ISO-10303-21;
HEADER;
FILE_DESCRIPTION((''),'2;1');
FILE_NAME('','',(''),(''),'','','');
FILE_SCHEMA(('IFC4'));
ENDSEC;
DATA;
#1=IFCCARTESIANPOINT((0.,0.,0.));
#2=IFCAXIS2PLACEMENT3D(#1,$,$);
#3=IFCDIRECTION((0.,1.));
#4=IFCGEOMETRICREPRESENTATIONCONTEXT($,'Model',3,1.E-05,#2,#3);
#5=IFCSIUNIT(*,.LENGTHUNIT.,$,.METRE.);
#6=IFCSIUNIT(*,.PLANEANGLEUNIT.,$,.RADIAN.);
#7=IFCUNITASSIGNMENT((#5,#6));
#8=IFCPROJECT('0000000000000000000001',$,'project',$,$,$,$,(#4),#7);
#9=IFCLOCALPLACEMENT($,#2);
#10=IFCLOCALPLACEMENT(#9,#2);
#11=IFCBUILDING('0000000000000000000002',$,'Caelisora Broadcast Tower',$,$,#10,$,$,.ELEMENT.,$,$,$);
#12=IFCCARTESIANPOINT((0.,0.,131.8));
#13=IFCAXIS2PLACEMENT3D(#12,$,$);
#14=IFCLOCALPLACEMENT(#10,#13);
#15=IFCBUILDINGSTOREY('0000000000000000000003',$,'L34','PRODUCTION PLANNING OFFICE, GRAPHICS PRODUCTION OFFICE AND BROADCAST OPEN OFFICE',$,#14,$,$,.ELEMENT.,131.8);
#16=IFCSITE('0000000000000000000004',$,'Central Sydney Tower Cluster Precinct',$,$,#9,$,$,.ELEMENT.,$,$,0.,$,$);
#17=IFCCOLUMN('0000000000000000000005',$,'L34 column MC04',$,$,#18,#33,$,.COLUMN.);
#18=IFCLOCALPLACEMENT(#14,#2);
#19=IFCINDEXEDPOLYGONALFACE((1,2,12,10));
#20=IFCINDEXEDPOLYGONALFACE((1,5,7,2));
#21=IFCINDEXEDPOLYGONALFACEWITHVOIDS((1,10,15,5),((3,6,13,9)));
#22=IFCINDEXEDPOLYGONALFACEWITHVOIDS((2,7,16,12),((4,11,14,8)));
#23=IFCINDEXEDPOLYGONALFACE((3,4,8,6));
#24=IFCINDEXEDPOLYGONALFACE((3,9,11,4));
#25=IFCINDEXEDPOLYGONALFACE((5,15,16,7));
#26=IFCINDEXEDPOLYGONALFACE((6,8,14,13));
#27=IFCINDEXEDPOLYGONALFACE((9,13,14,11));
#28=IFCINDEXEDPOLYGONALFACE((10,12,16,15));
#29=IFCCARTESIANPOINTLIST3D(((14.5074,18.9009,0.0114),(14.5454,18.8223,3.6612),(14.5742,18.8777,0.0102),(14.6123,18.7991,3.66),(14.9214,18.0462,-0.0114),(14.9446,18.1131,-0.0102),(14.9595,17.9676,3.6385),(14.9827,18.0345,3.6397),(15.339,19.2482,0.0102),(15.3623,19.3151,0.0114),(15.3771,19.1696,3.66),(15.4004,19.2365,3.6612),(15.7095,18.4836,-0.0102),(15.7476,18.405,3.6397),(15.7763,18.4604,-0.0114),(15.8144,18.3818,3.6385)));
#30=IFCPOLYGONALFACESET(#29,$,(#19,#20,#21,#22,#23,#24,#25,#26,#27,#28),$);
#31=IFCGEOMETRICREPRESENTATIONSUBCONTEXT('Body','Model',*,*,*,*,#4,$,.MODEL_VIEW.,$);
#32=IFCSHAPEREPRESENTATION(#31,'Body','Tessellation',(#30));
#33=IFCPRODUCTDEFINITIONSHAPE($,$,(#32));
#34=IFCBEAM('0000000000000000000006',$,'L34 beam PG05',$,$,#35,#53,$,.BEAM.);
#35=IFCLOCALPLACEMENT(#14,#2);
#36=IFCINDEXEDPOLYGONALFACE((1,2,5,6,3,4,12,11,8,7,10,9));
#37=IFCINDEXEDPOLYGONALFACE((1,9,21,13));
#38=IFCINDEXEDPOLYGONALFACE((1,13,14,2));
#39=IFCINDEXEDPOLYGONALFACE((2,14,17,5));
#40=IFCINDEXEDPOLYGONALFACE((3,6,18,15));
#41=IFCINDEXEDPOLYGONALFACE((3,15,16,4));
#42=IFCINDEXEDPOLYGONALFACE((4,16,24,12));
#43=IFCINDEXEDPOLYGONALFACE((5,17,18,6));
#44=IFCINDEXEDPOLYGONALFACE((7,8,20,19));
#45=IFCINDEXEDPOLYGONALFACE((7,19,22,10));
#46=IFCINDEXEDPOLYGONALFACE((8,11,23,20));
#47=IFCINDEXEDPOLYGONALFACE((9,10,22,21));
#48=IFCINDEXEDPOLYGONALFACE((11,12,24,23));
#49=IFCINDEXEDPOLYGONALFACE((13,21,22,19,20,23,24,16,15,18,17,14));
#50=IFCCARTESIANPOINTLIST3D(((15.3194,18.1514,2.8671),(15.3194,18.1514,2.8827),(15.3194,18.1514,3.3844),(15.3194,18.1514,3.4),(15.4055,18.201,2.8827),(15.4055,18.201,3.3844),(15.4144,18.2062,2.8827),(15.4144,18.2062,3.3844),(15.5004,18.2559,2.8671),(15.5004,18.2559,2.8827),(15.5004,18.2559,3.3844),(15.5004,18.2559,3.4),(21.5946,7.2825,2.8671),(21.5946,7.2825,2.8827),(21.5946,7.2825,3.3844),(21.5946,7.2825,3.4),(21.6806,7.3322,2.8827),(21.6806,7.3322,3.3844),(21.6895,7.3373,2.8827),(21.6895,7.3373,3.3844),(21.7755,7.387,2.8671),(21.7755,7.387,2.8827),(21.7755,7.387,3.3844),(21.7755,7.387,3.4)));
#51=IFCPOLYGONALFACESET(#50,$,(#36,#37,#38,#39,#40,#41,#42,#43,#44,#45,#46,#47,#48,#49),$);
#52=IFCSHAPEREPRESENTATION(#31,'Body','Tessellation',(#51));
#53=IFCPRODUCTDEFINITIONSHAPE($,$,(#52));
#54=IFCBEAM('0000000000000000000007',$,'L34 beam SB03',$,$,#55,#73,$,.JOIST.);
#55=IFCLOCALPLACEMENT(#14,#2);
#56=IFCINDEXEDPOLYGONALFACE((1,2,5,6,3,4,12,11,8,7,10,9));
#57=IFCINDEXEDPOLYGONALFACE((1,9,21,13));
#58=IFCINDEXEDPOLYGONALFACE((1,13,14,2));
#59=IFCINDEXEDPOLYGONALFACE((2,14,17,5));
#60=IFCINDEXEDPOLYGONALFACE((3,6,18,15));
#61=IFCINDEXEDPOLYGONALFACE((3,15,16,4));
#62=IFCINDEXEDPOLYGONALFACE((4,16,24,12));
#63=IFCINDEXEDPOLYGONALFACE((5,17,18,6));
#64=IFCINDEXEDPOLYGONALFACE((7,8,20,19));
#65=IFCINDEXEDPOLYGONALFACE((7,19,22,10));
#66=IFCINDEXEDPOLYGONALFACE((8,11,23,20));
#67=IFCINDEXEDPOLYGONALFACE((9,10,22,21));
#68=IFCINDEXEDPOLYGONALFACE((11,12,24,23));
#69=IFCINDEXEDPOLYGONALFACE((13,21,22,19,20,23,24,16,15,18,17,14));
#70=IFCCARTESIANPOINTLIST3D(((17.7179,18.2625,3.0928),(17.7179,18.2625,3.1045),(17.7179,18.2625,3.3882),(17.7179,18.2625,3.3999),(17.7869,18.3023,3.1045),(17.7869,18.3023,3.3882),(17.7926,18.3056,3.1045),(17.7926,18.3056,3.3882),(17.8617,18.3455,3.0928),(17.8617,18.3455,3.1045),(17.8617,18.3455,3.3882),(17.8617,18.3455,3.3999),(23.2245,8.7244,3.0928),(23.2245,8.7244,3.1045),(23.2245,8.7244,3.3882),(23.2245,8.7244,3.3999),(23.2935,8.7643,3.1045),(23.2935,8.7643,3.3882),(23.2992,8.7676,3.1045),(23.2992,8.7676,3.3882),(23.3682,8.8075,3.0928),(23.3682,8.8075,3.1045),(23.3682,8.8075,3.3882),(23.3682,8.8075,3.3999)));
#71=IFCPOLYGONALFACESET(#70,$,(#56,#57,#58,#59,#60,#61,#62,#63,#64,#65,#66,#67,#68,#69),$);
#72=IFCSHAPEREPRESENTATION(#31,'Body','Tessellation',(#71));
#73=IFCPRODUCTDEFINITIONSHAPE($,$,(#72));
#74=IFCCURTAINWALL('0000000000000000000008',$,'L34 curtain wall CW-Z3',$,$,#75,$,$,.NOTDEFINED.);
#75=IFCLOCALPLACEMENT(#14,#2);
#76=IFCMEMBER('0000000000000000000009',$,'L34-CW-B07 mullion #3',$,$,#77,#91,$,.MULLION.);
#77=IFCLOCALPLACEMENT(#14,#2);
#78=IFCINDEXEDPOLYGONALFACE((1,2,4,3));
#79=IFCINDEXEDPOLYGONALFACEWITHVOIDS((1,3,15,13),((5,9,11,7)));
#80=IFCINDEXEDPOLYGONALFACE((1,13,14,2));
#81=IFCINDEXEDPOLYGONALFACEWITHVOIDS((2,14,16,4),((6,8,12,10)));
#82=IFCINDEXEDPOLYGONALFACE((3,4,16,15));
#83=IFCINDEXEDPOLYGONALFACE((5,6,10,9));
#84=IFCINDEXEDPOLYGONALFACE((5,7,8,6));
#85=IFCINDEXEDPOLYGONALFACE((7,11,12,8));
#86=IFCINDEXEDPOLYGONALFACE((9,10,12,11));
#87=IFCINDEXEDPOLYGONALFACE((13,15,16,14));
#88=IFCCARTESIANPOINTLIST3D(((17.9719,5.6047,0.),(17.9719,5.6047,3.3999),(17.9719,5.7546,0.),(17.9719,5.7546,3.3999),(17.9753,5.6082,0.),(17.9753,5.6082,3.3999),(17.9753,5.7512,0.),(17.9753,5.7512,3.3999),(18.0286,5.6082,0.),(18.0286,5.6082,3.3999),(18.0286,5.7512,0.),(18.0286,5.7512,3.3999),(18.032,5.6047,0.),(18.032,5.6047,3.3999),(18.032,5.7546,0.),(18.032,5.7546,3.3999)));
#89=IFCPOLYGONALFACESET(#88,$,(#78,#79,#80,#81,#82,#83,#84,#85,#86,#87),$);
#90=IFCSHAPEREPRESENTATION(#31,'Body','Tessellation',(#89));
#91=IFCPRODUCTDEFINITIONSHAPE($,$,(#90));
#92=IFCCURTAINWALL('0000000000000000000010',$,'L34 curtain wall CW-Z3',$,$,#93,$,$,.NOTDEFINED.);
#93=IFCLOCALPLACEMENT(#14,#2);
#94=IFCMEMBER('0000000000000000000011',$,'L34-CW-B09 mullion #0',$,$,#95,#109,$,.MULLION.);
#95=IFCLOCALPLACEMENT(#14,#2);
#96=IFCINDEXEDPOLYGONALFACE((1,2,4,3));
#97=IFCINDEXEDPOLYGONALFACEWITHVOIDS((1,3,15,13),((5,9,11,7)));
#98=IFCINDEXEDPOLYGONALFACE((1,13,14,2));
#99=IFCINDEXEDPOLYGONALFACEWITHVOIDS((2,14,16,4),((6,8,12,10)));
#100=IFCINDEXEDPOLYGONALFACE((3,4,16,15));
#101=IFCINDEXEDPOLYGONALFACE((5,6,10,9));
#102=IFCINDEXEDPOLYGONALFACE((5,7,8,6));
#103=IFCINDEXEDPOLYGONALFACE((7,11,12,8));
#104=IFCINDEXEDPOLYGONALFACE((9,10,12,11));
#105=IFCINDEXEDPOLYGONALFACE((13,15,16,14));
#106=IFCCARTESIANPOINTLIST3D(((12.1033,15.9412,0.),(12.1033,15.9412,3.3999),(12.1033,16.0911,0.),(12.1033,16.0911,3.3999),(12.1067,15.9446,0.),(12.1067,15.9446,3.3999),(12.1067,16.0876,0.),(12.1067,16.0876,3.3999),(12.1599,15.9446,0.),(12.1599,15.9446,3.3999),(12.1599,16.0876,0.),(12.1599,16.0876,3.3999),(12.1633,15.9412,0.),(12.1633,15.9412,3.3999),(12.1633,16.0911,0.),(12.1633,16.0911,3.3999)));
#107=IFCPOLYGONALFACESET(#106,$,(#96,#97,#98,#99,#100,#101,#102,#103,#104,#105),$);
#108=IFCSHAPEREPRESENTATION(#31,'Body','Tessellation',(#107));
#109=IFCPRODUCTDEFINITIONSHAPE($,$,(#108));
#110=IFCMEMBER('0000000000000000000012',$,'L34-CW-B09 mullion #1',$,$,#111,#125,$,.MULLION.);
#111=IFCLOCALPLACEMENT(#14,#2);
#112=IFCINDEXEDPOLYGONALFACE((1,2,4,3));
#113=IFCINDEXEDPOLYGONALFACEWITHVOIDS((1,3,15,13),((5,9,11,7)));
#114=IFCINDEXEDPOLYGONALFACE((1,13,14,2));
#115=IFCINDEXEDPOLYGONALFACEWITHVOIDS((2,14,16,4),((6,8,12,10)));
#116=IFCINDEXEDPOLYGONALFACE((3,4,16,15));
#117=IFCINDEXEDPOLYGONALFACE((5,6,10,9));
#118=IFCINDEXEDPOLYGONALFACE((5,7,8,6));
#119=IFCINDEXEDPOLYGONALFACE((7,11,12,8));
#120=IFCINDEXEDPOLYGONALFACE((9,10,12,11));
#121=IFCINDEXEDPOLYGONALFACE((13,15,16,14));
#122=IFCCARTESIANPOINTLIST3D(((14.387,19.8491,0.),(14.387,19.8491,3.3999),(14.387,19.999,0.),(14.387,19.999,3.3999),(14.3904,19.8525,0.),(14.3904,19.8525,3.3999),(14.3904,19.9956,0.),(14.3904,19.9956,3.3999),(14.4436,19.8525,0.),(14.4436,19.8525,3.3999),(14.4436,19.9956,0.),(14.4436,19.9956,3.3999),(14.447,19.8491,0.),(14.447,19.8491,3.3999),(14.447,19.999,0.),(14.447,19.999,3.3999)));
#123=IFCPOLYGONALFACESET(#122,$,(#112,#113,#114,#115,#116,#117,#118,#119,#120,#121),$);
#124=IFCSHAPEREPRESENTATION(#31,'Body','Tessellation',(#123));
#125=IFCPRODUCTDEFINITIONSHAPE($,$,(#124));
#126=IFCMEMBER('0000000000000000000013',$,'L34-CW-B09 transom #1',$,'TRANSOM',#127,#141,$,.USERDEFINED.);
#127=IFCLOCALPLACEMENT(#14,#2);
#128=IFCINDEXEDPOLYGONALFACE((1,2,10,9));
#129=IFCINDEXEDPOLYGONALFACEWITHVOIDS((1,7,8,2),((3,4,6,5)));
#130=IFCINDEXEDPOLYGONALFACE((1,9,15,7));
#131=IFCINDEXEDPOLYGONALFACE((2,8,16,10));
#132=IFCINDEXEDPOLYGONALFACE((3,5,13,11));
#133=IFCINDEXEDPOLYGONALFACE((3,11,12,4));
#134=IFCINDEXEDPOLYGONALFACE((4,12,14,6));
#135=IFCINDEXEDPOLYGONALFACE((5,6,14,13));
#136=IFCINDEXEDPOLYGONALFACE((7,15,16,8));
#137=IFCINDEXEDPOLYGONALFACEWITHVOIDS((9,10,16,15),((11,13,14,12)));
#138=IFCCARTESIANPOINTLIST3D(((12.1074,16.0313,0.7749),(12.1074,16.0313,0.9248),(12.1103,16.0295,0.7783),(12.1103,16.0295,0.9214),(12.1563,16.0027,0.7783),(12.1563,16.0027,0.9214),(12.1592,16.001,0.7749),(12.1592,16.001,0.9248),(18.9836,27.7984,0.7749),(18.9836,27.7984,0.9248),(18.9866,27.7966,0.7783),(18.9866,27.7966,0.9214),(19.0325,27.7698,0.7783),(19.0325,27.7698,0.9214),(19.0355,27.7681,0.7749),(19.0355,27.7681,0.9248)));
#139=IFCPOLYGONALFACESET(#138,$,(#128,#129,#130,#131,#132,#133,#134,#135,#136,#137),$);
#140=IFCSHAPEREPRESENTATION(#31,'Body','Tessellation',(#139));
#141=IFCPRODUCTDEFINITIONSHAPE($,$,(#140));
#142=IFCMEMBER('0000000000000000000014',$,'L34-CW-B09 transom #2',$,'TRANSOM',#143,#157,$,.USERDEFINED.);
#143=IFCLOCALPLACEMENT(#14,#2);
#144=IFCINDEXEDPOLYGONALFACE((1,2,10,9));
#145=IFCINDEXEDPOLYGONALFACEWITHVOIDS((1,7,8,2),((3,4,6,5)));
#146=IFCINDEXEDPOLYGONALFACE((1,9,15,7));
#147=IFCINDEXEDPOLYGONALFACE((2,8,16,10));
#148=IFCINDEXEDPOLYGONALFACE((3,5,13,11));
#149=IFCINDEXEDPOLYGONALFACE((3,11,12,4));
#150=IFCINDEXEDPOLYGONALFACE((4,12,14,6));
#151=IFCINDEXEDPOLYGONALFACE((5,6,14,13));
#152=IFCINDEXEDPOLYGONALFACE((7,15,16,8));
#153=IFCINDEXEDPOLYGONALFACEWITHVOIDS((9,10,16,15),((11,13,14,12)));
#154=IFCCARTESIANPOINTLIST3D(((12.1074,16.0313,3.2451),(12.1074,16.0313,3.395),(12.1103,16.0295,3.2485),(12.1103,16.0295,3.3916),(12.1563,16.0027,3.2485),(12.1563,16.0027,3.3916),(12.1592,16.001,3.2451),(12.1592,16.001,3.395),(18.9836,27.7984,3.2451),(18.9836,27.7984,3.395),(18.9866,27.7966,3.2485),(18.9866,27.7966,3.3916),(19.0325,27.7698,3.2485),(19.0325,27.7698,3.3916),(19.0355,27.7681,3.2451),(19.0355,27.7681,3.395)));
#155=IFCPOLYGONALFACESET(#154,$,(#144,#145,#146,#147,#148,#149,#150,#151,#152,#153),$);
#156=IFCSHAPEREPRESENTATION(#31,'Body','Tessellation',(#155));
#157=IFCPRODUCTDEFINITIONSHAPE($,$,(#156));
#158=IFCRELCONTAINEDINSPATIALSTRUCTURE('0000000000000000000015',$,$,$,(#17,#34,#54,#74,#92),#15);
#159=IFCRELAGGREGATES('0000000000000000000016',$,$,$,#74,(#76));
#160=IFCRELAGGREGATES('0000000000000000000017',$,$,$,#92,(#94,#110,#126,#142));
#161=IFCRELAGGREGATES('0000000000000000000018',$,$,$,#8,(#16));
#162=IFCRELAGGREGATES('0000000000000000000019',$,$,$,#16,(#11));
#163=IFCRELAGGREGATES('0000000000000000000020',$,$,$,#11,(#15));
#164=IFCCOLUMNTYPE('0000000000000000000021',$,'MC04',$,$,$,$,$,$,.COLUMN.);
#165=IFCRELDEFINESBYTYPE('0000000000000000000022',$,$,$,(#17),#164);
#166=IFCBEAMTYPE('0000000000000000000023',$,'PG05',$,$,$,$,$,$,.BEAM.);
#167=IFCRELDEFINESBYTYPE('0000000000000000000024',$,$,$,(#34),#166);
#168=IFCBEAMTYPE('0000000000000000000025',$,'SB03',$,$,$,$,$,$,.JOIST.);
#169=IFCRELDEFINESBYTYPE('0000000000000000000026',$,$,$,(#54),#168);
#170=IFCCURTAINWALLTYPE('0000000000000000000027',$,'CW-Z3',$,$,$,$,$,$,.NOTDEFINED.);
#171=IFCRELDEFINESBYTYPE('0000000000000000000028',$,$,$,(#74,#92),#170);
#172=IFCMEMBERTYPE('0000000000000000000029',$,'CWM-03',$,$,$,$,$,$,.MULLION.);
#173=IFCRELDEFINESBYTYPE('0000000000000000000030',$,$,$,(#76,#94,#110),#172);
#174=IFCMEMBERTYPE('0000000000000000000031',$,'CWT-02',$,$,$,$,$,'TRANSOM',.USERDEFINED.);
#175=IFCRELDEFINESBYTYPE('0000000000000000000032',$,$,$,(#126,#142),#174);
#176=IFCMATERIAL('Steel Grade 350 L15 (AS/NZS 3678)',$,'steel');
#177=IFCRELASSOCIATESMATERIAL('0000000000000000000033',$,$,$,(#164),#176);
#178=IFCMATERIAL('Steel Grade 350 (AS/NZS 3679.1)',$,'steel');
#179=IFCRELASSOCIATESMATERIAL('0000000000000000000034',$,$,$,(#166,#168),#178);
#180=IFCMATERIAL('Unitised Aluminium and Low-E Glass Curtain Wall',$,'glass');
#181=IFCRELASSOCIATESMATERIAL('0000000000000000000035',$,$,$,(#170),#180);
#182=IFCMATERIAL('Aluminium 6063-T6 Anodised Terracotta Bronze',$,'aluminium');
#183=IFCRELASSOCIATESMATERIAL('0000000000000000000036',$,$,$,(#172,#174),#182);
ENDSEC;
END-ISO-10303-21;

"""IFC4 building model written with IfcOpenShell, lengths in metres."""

from ifc_helpers import new_model, si_unit, direction, frame, origin, origin_2d, place, context, subcontext, project, spatial, hollow_rectangle, i_section, extrude, source, transform, mapped, material, material_profile, profile_set, type_object, type_shapes, element, aggregate, save


model = new_model("IFC4")

# Units and contexts
model_context = context("Model", 3, precision=1e-05, world=origin(), true_north=direction((0.0, 1.0)))
body_context = subcontext(model_context, "Body", "Model", "MODEL_VIEW")
ifc_project = project(units=[si_unit("LENGTHUNIT", "METRE"), si_unit("PLANEANGLEUNIT", "RADIAN")], contexts=[model_context])

# Site, building, storey
site_placement = place(None, origin())
site = spatial("IfcSite", under=ifc_project, at=site_placement, Name="Central Sydney Tower Cluster Precinct", CompositionType="ELEMENT", RefElevation=0.0)
building_placement = place(site_placement, origin())
building = spatial("IfcBuilding", under=site, at=building_placement, Name="Caelisora Broadcast Tower", CompositionType="ELEMENT")
storey_placement = place(building_placement, frame((0.0, 0.0, 131.8)))
storey = spatial("IfcBuildingStorey", under=building, at=storey_placement, Name="L34", Description="PRODUCTION PLANNING OFFICE, GRAPHICS PRODUCTION OFFICE AND BROADCAST OPEN OFFICE", CompositionType="ELEMENT", Elevation=131.8)

# Column
ifc_material_1 = material(Name="Steel Grade 350 L15 (AS/NZS 3678)", Category="steel")
ifc_material_profile_1 = material_profile(ifc_material_1, hollow_rectangle(XDim=0.95, YDim=0.95, WallThickness=0.05, at=origin_2d()), Name="Steel Grade 350 L15 (AS/NZS 3678)")
ifc_profile_set_1 = profile_set([ifc_material_profile_1], Name="Steel Grade 350 L15 (AS/NZS 3678)")
column_type = type_object("IfcColumnType", Name="MC04", PredefinedType="COLUMN", material=ifc_profile_set_1)
shared_shape_1 = source(origin(), body_context, "Body", "SweptSolid", [
    extrude(hollow_rectangle(XDim=0.95, YDim=0.95, WallThickness=0.05, at=origin_2d()), origin(), (0.0, 0.0, 1.0), 3.6509),
])
type_shapes(column_type, [shared_shape_1])
column_placement = place(storey_placement, frame((15.1418, 18.6807, 0.0), z_axis=(0.010432, -0.021532, 0.999714), x_axis=(0.899947, 0.435999, 0.0)))
element("IfcColumn", 1, at=column_placement, inside=storey, type_object=column_type, Name="L34 column MC04", PredefinedType="COLUMN", context=body_context, shape_type="MappedRepresentation", body=[
    mapped(shared_shape_1, transform((0.0, 0.0, 0.0), scale=1.0)),
])

# Beams
ifc_material_2 = material(Name="Steel Grade 350 (AS/NZS 3679.1)", Category="steel")
ifc_material_profile_2 = material_profile(ifc_material_2, i_section(OverallWidth=0.209, OverallDepth=0.533, WebThickness=0.0103, FlangeThickness=0.0156, at=origin_2d()), Name="Steel Grade 350 (AS/NZS 3679.1)")
ifc_profile_set_2 = profile_set([ifc_material_profile_2], Name="Steel Grade 350 (AS/NZS 3679.1)")
beam_type_1 = type_object("IfcBeamType", Name="PG05", PredefinedType="BEAM", material=ifc_profile_set_2)
shared_shape_2 = source(origin(), body_context, "Body", "SweptSolid", [
    extrude(i_section(OverallWidth=0.209, OverallDepth=0.533, WebThickness=0.0103, FlangeThickness=0.0156, at=origin_2d()), origin(), (0.0, 0.0, 1.0), 12.5503),
])
type_shapes(beam_type_1, [shared_shape_2])
beam_1_placement = place(storey_placement, frame((15.4099, 18.2036, 3.1335), z_axis=(0.499999, -0.866026, 0.0), x_axis=(0.866026, 0.499999, 0.0)))
element("IfcBeam", 2, at=beam_1_placement, inside=storey, type_object=beam_type_1, Name="L34 beam PG05", PredefinedType="BEAM", context=body_context, shape_type="MappedRepresentation", body=[
    mapped(shared_shape_2, transform((0.0, 0.0, 0.0), scale=1.0)),
])
ifc_material_profile_3 = material_profile(ifc_material_2, i_section(OverallWidth=0.166, OverallDepth=0.3071, WebThickness=0.0066, FlangeThickness=0.0117, at=origin_2d()), Name="Steel Grade 350 (AS/NZS 3679.1)")
ifc_profile_set_3 = profile_set([ifc_material_profile_3], Name="Steel Grade 350 (AS/NZS 3679.1)")
beam_type_2 = type_object("IfcBeamType", Name="SB03", PredefinedType="JOIST", material=ifc_profile_set_3)
shared_shape_3 = source(origin(), body_context, "Body", "SweptSolid", [
    extrude(i_section(OverallWidth=0.166, OverallDepth=0.3071, WebThickness=0.0066, FlangeThickness=0.0117, at=origin_2d()), origin(), (0.0, 0.0, 1.0), 11.0134),
])
type_shapes(beam_type_2, [shared_shape_3])
beam_2_placement = place(storey_placement, frame((17.7898, 18.304, 3.2463), z_axis=(0.499985, -0.866034, 0.0), x_axis=(0.866034, 0.499985, 0.0)))
element("IfcBeam", 3, at=beam_2_placement, inside=storey, type_object=beam_type_2, Name="L34 beam SB03", PredefinedType="JOIST", context=body_context, shape_type="MappedRepresentation", body=[
    mapped(shared_shape_3, transform((0.0, 0.0, 0.0), scale=1.0)),
])

# Curtain wall, member
ifc_material_3 = material(Name="Unitised Aluminium and Low-E Glass Curtain Wall", Category="glass")
curtain_wall_type = type_object("IfcCurtainWallType", Name="CW-Z3", PredefinedType="NOTDEFINED", material=ifc_material_3)
curtain_wall_1_placement = place(storey_placement, origin())
curtain_wall_1 = element("IfcCurtainWall", 4, at=curtain_wall_1_placement, inside=storey, type_object=curtain_wall_type, Name="L34 curtain wall CW-Z3", PredefinedType="NOTDEFINED")
ifc_material_4 = material(Name="Aluminium 6063-T6 Anodised Terracotta Bronze", Category="aluminium")
ifc_material_profile_4 = material_profile(ifc_material_4, hollow_rectangle(XDim=0.0601, YDim=0.1499, WallThickness=0.0034, at=origin_2d()), Name="Aluminium 6063-T6 Anodised Terracotta Bronze")
ifc_profile_set_4 = profile_set([ifc_material_profile_4], Name="Aluminium 6063-T6 Anodised Terracotta Bronze")
member_type_1 = type_object("IfcMemberType", Name="CWM-03", PredefinedType="MULLION", material=ifc_profile_set_4)
shared_shape_4 = source(origin(), body_context, "Body", "SweptSolid", [
    extrude(hollow_rectangle(XDim=0.0601, YDim=0.1499, WallThickness=0.0034, at=origin_2d()), origin(), (0.0, 0.0, 1.0), 3.3999),
])
type_shapes(member_type_1, [shared_shape_4])
member_1_placement = place(storey_placement, frame((18.002, 5.6797, 0.0), z_axis=(0.0, 0.0, 1.0), x_axis=(1.0, 0.0, 0.0)))
member_1 = element("IfcMember", 5, at=member_1_placement, type_object=member_type_1, Name="L34-CW-B07 mullion #3", PredefinedType="MULLION", context=body_context, shape_type="MappedRepresentation", body=[
    mapped(shared_shape_4, transform((0.0, 0.0, 0.0), scale=1.0)),
])
aggregate(curtain_wall_1, [member_1])

# Curtain wall, members
curtain_wall_2_placement = place(storey_placement, origin())
curtain_wall_2 = element("IfcCurtainWall", 6, at=curtain_wall_2_placement, inside=storey, type_object=curtain_wall_type, Name="L34 curtain wall CW-Z3", PredefinedType="NOTDEFINED")
member_2_placement = place(storey_placement, frame((12.1333, 16.0161, 0.0), z_axis=(0.0, 0.0, 1.0), x_axis=(1.0, 0.0, 0.0)))
member_2 = element("IfcMember", 7, at=member_2_placement, type_object=member_type_1, Name="L34-CW-B09 mullion #0", PredefinedType="MULLION", context=body_context, shape_type="MappedRepresentation", body=[
    mapped(shared_shape_4, transform((0.0, 0.0, 0.0), scale=1.0)),
])
member_3_placement = place(storey_placement, frame((14.417, 19.9241, 0.0), z_axis=(0.0, 0.0, 1.0), x_axis=(1.0, 0.0, 0.0)))
member_3 = element("IfcMember", 8, at=member_3_placement, type_object=member_type_1, Name="L34-CW-B09 mullion #1", PredefinedType="MULLION", context=body_context, shape_type="MappedRepresentation", body=[
    mapped(shared_shape_4, transform((0.0, 0.0, 0.0), scale=1.0)),
])
ifc_material_profile_5 = material_profile(ifc_material_4, hollow_rectangle(XDim=0.0601, YDim=0.1499, WallThickness=0.0034, at=origin_2d()), Name="Aluminium 6063-T6 Anodised Terracotta Bronze")
ifc_profile_set_5 = profile_set([ifc_material_profile_5], Name="Aluminium 6063-T6 Anodised Terracotta Bronze")
member_type_2 = type_object("IfcMemberType", Name="CWT-02", ElementType="TRANSOM", PredefinedType="USERDEFINED", material=ifc_profile_set_5)
shared_shape_5 = source(origin(), body_context, "Body", "SweptSolid", [
    extrude(hollow_rectangle(XDim=0.0601, YDim=0.1499, WallThickness=0.0034, at=origin_2d()), origin(), (0.0, 0.0, 1.0), 13.6289),
])
type_shapes(member_type_2, [shared_shape_5])
member_4_placement = place(storey_placement, frame((12.1333, 16.0161, 0.8499), z_axis=(0.504532, 0.863393, 0.0), x_axis=(-0.863393, 0.504532, 0.0)))
member_4 = element("IfcMember", 9, at=member_4_placement, type_object=member_type_2, Name="L34-CW-B09 transom #1", ObjectType="TRANSOM", PredefinedType="USERDEFINED", context=body_context, shape_type="MappedRepresentation", body=[
    mapped(shared_shape_5, transform((0.0, 0.0, 0.0), scale=1.0)),
])
member_5_placement = place(storey_placement, frame((12.1333, 16.0161, 3.3201), z_axis=(0.504532, 0.863393, 0.0), x_axis=(-0.863393, 0.504532, 0.0)))
member_5 = element("IfcMember", 10, at=member_5_placement, type_object=member_type_2, Name="L34-CW-B09 transom #2", ObjectType="TRANSOM", PredefinedType="USERDEFINED", context=body_context, shape_type="MappedRepresentation", body=[
    mapped(shared_shape_5, transform((0.0, 0.0, 0.0), scale=1.0)),
])

aggregate(curtain_wall_2, [member_2, member_3, member_4, member_5])

save(model, "model.ifc")
